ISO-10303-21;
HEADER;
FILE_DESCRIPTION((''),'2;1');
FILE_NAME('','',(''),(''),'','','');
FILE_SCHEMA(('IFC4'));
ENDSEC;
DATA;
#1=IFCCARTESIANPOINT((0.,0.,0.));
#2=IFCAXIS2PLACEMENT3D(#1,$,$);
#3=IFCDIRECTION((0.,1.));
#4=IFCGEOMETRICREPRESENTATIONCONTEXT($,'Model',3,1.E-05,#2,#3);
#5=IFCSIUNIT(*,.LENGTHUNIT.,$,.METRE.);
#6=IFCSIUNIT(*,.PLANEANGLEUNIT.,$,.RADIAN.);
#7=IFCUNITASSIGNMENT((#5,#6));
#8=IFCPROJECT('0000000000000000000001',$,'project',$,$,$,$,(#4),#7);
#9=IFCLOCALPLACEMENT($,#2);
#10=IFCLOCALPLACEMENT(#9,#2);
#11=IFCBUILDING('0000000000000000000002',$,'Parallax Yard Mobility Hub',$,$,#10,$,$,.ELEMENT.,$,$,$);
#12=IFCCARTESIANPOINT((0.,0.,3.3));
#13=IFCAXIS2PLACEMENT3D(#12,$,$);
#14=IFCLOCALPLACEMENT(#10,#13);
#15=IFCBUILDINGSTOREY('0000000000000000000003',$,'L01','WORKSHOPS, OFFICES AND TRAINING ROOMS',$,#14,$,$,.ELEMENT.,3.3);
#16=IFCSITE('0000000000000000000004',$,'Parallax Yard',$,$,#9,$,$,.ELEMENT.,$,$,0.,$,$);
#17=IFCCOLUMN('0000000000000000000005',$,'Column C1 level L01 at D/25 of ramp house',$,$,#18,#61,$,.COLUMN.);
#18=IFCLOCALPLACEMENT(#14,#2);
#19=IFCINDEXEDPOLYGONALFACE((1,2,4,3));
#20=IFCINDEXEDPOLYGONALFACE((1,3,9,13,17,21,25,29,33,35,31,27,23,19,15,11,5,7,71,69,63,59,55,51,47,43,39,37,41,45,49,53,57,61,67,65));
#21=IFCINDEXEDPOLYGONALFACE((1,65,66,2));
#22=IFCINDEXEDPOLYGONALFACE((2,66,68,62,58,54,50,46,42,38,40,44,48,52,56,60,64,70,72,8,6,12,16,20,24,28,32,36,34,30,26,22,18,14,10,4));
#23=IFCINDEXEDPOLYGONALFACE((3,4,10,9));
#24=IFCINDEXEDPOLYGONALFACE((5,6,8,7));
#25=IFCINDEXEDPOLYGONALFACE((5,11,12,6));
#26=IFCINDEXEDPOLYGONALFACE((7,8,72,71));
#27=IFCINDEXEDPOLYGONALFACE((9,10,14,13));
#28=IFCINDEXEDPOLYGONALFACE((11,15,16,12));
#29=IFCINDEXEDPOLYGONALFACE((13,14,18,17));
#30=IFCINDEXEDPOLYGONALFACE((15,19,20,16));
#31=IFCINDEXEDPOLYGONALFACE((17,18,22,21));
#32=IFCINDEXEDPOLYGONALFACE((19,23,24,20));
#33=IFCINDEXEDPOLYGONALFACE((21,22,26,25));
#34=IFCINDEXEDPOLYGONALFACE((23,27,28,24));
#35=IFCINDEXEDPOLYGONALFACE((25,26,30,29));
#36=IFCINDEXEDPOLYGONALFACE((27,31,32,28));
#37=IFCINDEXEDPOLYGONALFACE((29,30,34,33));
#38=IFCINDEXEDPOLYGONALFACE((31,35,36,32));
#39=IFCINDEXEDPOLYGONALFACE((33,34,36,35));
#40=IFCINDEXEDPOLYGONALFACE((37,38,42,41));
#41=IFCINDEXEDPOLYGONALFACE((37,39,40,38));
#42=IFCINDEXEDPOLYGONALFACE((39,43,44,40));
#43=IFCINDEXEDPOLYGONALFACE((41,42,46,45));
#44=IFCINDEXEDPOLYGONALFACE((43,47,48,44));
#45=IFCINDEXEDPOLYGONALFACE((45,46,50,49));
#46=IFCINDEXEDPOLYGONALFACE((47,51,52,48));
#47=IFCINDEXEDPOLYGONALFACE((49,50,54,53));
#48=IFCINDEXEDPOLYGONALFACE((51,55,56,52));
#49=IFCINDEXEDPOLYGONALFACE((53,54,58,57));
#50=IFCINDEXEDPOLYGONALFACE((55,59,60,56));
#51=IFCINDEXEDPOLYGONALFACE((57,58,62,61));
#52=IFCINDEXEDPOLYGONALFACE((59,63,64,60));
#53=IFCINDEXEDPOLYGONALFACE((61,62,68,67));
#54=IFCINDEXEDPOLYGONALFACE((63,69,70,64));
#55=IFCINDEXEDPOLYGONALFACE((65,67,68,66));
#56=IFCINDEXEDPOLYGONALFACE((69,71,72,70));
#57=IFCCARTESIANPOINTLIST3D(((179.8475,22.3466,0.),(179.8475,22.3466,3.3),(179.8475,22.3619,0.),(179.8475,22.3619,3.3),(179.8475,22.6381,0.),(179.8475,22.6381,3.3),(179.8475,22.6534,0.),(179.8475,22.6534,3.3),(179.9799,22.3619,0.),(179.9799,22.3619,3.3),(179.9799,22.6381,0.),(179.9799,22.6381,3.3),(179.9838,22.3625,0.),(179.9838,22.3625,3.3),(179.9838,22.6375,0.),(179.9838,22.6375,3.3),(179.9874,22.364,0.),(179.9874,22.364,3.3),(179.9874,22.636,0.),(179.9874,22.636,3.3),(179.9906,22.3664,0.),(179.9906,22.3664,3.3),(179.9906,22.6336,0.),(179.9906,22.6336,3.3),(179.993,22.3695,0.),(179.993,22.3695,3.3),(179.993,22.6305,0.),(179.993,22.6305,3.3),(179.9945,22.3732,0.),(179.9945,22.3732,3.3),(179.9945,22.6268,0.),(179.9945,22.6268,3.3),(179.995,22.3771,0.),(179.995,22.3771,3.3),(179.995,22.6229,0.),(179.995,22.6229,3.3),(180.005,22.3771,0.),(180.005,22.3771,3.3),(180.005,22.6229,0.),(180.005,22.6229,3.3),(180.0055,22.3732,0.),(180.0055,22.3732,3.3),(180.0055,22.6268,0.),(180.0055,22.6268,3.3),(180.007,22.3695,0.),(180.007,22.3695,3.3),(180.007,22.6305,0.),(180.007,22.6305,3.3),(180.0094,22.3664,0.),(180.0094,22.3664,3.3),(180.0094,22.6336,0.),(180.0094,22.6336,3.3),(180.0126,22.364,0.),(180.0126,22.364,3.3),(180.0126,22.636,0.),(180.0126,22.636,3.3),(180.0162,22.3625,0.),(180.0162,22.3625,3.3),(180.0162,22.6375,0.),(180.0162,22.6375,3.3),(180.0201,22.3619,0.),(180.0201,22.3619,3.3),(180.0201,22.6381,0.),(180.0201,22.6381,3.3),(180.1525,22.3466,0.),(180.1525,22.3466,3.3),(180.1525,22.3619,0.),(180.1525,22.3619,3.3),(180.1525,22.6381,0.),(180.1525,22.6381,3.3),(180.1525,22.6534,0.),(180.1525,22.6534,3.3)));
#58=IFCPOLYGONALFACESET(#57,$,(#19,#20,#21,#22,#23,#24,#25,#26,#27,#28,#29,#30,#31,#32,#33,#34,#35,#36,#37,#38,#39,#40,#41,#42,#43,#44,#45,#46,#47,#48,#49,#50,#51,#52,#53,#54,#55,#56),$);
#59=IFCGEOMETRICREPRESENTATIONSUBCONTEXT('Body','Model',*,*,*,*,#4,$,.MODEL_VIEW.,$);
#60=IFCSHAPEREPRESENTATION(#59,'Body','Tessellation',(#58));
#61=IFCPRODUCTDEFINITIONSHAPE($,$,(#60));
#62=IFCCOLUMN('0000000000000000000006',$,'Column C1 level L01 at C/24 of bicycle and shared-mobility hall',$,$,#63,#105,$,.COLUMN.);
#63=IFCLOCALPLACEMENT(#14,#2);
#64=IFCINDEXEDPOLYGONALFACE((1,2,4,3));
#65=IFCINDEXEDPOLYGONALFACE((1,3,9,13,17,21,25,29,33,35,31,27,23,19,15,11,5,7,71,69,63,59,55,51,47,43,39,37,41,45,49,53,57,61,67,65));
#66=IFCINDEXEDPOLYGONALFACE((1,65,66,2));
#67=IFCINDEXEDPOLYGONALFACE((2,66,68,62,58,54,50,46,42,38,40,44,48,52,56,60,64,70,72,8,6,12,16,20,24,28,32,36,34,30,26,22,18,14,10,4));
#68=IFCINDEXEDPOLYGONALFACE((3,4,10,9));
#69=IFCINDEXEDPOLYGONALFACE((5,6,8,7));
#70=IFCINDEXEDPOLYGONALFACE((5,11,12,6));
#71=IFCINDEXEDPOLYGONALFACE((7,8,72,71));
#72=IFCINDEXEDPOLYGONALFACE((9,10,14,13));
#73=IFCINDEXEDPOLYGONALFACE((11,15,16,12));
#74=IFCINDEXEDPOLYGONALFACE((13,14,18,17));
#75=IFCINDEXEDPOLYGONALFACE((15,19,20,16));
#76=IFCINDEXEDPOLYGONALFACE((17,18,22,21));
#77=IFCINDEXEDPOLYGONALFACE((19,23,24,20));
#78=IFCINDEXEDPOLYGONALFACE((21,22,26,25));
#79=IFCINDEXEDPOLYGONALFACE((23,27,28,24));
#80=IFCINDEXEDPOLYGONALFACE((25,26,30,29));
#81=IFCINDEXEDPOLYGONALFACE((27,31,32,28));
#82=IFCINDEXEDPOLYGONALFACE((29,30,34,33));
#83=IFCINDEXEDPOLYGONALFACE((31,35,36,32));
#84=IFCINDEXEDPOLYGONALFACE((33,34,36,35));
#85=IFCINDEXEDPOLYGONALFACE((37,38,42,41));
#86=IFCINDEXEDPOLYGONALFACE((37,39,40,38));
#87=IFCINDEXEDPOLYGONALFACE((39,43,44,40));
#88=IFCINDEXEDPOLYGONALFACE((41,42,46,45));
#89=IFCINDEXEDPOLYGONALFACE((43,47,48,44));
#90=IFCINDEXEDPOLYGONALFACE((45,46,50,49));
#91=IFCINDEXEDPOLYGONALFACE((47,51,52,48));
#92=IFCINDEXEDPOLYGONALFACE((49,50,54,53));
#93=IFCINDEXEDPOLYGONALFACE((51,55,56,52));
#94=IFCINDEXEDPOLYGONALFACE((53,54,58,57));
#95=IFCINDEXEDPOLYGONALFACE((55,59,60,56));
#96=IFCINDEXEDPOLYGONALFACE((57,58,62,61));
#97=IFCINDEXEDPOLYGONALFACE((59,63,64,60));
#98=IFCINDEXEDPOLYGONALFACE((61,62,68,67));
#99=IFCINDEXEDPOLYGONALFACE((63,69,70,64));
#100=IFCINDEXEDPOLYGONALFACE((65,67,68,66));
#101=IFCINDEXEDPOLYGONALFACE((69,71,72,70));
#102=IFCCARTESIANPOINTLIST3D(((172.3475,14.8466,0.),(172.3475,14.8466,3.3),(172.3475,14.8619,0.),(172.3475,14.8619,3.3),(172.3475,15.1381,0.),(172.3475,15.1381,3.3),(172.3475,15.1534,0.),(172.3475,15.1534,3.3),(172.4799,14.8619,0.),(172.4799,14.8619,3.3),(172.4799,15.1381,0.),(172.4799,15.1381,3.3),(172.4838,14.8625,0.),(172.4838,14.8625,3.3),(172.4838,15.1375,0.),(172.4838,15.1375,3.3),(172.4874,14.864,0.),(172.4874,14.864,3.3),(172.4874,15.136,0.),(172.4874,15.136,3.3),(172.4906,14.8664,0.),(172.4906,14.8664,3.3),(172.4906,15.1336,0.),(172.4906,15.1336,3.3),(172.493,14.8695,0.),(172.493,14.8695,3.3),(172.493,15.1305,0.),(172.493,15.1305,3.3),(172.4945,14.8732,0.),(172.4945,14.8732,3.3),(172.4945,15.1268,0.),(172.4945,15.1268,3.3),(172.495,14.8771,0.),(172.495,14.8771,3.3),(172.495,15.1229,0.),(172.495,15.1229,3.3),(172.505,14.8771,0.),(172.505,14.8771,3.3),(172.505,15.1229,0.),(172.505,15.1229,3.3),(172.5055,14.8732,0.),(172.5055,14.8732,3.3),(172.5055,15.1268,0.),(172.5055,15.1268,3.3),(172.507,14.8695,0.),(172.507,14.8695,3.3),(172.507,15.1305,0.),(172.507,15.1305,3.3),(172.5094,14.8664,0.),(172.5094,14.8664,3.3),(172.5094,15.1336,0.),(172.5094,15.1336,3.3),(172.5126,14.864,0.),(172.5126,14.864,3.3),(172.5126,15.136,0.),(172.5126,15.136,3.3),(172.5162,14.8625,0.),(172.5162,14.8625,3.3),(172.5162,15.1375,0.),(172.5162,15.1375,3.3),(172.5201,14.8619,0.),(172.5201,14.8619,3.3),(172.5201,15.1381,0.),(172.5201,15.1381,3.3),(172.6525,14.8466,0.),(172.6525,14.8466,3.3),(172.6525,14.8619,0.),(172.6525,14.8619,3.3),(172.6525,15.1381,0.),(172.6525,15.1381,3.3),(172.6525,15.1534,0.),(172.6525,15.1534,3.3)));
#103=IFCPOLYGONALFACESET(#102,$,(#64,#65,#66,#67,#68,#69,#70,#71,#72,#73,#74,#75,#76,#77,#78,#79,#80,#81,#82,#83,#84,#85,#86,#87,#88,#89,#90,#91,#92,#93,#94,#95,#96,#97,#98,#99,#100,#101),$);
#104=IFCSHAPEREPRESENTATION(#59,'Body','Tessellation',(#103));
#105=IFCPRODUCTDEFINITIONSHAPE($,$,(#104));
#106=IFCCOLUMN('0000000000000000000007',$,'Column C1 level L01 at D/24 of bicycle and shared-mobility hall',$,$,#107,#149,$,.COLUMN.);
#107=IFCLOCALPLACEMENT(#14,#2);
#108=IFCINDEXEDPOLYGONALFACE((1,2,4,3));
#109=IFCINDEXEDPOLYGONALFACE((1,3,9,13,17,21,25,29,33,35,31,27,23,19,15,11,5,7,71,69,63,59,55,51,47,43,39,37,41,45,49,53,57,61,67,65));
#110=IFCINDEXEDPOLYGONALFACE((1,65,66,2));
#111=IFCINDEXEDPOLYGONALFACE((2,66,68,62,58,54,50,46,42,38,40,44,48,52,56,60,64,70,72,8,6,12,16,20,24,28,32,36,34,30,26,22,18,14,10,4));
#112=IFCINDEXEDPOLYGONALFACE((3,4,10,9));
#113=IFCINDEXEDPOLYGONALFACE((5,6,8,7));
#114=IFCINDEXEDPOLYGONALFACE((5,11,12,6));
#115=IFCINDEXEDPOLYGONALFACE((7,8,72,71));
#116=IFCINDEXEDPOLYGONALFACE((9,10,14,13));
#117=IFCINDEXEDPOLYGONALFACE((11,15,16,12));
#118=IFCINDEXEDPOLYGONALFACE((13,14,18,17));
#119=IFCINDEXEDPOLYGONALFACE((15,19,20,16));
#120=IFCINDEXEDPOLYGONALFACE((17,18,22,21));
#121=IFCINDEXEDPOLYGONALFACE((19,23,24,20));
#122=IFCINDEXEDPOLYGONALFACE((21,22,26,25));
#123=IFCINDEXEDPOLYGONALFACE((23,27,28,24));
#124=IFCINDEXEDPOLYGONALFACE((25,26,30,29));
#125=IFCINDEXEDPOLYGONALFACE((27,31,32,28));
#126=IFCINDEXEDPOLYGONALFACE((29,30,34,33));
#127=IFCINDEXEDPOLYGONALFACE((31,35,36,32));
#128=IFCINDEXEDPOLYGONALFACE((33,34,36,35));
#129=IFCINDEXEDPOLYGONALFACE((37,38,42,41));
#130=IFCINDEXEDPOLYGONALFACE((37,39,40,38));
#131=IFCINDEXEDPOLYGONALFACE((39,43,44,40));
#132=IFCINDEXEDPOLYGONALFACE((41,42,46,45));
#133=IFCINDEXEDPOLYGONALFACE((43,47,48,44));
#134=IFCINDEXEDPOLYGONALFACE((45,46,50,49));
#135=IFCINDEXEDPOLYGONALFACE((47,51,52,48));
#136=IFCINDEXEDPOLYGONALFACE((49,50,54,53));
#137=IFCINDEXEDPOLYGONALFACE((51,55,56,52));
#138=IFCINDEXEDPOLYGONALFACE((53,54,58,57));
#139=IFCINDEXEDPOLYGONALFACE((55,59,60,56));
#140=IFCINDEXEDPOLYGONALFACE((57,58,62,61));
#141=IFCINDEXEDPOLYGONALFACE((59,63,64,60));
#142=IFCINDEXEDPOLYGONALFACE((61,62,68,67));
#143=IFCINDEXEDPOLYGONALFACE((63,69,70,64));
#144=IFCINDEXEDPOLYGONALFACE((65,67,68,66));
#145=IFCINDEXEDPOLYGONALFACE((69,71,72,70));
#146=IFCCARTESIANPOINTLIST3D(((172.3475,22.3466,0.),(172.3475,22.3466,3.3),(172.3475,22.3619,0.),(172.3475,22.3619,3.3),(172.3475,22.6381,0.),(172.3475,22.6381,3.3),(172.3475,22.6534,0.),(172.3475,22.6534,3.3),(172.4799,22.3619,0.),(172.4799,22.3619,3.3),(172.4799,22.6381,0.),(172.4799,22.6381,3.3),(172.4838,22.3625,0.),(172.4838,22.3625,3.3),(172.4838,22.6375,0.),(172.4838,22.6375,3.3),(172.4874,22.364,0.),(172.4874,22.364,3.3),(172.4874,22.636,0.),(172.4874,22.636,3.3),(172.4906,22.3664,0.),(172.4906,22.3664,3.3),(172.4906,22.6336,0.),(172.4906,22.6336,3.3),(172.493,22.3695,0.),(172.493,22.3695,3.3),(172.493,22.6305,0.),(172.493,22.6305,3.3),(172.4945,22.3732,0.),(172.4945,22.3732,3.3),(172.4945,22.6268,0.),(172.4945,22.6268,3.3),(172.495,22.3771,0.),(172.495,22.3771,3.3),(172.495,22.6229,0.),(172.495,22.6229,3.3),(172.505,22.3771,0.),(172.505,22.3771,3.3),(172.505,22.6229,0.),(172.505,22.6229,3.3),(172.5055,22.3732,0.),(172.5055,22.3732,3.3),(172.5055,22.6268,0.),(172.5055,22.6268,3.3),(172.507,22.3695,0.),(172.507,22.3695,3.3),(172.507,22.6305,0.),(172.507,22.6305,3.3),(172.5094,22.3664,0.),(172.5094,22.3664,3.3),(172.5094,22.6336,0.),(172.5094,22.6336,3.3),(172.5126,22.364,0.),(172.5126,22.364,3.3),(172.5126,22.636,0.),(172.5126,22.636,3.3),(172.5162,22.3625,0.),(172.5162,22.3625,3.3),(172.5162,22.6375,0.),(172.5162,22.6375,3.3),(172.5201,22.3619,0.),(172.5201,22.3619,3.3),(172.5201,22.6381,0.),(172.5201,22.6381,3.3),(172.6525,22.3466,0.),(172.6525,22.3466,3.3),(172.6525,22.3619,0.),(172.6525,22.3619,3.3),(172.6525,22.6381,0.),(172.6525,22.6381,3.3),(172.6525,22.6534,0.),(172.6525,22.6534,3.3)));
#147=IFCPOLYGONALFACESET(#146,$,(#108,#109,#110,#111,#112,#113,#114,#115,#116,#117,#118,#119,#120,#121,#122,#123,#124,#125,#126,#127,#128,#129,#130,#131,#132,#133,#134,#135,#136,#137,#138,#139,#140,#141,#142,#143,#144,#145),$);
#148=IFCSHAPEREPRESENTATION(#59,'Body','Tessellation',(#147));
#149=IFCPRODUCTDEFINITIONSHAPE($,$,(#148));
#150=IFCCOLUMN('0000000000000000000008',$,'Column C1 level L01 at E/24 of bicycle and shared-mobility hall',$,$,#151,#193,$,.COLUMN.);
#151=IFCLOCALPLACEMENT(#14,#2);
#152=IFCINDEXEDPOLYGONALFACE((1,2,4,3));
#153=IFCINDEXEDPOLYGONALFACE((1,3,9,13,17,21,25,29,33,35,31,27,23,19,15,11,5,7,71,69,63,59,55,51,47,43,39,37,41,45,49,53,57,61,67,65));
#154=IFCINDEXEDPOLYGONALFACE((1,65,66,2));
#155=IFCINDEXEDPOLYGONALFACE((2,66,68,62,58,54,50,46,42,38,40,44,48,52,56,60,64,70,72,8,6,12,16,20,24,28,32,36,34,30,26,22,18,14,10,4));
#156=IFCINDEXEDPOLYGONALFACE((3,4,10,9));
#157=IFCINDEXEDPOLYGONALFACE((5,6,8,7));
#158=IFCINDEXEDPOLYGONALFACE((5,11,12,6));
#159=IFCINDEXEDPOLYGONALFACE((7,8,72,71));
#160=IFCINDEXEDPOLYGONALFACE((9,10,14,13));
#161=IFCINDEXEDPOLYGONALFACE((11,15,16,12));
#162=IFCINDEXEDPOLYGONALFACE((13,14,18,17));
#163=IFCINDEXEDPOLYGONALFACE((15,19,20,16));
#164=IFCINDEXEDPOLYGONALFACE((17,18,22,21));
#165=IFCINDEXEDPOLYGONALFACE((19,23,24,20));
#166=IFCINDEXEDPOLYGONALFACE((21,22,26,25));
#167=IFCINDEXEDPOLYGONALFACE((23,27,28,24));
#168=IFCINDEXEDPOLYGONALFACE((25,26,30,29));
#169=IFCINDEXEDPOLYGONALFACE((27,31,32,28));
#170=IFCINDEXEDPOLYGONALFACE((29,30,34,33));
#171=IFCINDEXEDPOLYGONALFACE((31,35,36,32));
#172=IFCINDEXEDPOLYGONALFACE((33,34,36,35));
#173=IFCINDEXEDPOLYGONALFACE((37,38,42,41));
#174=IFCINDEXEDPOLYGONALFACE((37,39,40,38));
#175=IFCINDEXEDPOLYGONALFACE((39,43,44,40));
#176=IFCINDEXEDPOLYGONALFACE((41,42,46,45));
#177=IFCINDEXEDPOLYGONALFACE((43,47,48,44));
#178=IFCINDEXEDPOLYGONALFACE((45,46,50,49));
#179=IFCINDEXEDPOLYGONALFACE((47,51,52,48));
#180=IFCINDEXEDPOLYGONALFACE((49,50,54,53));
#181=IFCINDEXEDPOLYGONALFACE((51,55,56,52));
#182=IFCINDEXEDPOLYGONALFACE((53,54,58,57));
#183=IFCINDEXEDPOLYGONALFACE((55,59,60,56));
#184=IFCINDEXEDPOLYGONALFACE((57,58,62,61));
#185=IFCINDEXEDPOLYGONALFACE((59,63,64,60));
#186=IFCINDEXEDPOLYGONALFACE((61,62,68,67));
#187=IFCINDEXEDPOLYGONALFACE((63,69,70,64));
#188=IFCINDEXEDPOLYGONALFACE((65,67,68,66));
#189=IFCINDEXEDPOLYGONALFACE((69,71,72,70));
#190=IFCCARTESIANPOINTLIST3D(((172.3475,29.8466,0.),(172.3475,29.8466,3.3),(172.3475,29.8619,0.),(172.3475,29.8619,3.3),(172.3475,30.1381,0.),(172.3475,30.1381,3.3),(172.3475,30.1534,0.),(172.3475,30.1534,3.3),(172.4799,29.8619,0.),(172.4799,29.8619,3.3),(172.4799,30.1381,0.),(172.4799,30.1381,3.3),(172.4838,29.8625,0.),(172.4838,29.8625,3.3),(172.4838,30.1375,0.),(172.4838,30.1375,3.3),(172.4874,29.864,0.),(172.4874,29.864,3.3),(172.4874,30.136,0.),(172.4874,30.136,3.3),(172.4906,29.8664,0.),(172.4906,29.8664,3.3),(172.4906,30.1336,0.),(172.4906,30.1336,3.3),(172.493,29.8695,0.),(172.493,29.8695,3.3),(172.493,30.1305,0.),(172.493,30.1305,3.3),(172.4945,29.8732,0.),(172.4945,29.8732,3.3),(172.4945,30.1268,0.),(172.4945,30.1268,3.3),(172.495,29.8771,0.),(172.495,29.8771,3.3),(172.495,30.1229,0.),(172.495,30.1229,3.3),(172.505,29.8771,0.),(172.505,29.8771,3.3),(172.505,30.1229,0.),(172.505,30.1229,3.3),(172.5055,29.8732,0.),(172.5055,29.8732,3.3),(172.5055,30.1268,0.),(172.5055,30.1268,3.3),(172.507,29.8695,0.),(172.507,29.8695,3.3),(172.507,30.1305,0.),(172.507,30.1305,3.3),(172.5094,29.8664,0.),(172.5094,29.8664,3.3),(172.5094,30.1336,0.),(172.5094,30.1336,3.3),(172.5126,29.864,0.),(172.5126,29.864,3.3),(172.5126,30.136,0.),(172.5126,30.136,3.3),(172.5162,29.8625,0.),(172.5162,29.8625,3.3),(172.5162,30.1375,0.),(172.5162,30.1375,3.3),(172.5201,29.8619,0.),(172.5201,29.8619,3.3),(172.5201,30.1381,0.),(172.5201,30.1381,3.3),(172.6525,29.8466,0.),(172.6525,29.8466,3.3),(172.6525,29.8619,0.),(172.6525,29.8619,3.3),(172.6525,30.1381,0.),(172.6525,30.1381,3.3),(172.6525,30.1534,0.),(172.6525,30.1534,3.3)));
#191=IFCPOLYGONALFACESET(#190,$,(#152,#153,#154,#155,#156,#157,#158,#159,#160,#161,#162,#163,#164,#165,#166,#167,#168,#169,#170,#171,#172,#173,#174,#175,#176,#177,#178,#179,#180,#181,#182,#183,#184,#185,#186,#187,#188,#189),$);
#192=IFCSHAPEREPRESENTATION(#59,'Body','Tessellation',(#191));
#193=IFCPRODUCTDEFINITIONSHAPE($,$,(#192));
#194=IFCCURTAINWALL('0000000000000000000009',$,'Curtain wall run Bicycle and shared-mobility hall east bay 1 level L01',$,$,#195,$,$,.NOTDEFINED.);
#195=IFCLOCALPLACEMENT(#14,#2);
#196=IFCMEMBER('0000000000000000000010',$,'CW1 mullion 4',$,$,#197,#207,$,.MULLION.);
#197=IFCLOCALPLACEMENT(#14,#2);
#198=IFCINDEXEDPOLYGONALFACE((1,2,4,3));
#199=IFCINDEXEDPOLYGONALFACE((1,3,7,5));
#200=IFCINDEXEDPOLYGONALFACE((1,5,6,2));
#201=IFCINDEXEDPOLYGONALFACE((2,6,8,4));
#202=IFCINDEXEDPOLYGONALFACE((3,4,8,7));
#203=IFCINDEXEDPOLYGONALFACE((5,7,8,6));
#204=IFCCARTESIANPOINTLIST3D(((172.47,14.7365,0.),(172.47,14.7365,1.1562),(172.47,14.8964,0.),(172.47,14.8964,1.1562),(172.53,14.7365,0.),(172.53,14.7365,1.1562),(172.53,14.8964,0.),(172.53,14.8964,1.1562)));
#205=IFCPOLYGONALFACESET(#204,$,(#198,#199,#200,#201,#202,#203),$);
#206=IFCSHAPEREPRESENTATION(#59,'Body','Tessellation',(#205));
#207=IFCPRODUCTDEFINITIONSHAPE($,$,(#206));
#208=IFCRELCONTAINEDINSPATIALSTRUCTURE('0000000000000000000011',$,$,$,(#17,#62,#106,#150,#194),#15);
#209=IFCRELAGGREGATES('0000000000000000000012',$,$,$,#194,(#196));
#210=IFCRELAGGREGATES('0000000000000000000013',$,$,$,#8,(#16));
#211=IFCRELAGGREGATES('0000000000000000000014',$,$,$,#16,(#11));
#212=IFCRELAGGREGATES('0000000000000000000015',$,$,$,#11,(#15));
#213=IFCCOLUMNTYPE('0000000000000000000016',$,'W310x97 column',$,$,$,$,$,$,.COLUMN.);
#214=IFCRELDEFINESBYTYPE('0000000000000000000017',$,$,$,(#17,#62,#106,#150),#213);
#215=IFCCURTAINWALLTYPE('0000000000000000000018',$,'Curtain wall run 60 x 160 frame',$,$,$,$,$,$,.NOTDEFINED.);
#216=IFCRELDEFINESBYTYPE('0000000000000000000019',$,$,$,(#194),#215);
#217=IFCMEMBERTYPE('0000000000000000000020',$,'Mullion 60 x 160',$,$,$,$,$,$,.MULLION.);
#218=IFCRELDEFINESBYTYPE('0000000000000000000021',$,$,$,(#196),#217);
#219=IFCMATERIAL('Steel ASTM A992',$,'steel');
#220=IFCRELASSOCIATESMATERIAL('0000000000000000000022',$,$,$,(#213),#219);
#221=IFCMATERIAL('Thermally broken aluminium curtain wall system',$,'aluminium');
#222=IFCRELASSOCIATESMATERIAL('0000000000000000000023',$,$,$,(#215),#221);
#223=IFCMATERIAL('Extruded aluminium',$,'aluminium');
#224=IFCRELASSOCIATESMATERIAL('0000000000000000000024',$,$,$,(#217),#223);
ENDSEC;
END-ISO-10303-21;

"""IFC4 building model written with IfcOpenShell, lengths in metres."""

from ifc_helpers import new_model, si_unit, direction, frame, origin, origin_2d, place, context, subcontext, project, spatial, rectangle, i_section, extrude, material, material_profile, profile_set, type_object, element, aggregate, save


model = new_model("IFC4")

# Units and contexts
model_context = context("Model", 3, precision=1e-05, world=origin(), true_north=direction((0.0, 1.0)))
body_context = subcontext(model_context, "Body", "Model", "MODEL_VIEW")
ifc_project = project(units=[si_unit("LENGTHUNIT", "METRE"), si_unit("PLANEANGLEUNIT", "RADIAN")], contexts=[model_context])

# Site, building, storey
site_placement = place(None, origin())
site = spatial("IfcSite", under=ifc_project, at=site_placement, Name="Parallax Yard", CompositionType="ELEMENT", RefElevation=0.0)
building_placement = place(site_placement, origin())
building = spatial("IfcBuilding", under=site, at=building_placement, Name="Parallax Yard Mobility Hub", CompositionType="ELEMENT")
storey_placement = place(building_placement, frame((0.0, 0.0, 3.3)))
storey = spatial("IfcBuildingStorey", under=building, at=storey_placement, Name="L01", Description="WORKSHOPS, OFFICES AND TRAINING ROOMS", CompositionType="ELEMENT", Elevation=3.3)

# Columns
ifc_material_1 = material(Name="Steel ASTM A992", Category="steel")
ifc_material_profile_1 = material_profile(ifc_material_1, i_section(OverallWidth=0.3049, OverallDepth=0.3069, WebThickness=0.01, FlangeThickness=0.0154, FilletRadius=0.0151, at=origin_2d()), Name="W310x97")
ifc_profile_set_1 = profile_set([ifc_material_profile_1], Name="Steel ASTM A992")
column_type = type_object("IfcColumnType", Name="W310x97 column", PredefinedType="COLUMN", material=ifc_profile_set_1)
for number, where, z_axis, x_axis, name in (
    (1, (180.0, 22.5, 0.0), (0.0, 0.0, 1.0), (1.0, 0.0, 0.0), "Column C1 level L01 at D/25 of ramp house"),
    (2, (172.5, 15.0, 0.0), (0.0, 0.0, 1.0), (1.0, 0.0, 0.0), "Column C1 level L01 at C/24 of bicycle and shared-mobility hall"),
    (3, (172.5, 22.5, 0.0), (0.0, 0.0, 1.0), (1.0, 0.0, 0.0), "Column C1 level L01 at D/24 of bicycle and shared-mobility hall"),
    (4, (172.5, 30.0, 0.0), (0.0, 0.0, 1.0), (1.0, 0.0, 0.0), "Column C1 level L01 at E/24 of bicycle and shared-mobility hall"),
):
    element("IfcColumn", number, at=place(storey_placement, frame(where, z_axis=z_axis, x_axis=x_axis)), inside=storey, type_object=column_type, Name=name, PredefinedType="COLUMN", context=body_context, shape_type="SweptSolid", body=[
        extrude(i_section(OverallWidth=0.3049, OverallDepth=0.3069, WebThickness=0.01, FlangeThickness=0.0154, FilletRadius=0.0151, at=origin_2d()), origin(), (0.0, 0.0, 1.0), 3.3),
    ])

# Curtain wall, member
ifc_material_2 = material(Name="Thermally broken aluminium curtain wall system", Category="aluminium")
curtain_wall_type = type_object("IfcCurtainWallType", Name="Curtain wall run 60 x 160 frame", PredefinedType="NOTDEFINED", material=ifc_material_2)
curtain_wall_1_placement = place(storey_placement, origin())
curtain_wall_1 = element("IfcCurtainWall", 5, at=curtain_wall_1_placement, inside=storey, type_object=curtain_wall_type, Name="Curtain wall run Bicycle and shared-mobility hall east bay 1 level L01", PredefinedType="NOTDEFINED")
ifc_material_3 = material(Name="Extruded aluminium", Category="aluminium")
ifc_material_profile_2 = material_profile(ifc_material_3, rectangle(XDim=0.0601, YDim=0.1599, at=origin_2d()), Name="Mullion 60 x 160")
ifc_profile_set_2 = profile_set([ifc_material_profile_2], Name="Extruded aluminium")
member_type_1 = type_object("IfcMemberType", Name="Mullion 60 x 160", PredefinedType="MULLION", material=ifc_profile_set_2)
member_1_placement = place(storey_placement, frame((172.5, 14.8164, 0.0), z_axis=(0.0, 0.0, 1.0), x_axis=(-1.0, 0.0, 0.0)))
member_1 = element("IfcMember", 6, at=member_1_placement, type_object=member_type_1, Name="CW1 mullion 4", PredefinedType="MULLION", context=body_context, shape_type="SweptSolid", body=[
    extrude(rectangle(XDim=0.0601, YDim=0.1599, at=origin_2d()), origin(), (0.0, 0.0, 1.0), 1.1562),
])

aggregate(curtain_wall_1, [member_1])

save(model, "model.ifc")
